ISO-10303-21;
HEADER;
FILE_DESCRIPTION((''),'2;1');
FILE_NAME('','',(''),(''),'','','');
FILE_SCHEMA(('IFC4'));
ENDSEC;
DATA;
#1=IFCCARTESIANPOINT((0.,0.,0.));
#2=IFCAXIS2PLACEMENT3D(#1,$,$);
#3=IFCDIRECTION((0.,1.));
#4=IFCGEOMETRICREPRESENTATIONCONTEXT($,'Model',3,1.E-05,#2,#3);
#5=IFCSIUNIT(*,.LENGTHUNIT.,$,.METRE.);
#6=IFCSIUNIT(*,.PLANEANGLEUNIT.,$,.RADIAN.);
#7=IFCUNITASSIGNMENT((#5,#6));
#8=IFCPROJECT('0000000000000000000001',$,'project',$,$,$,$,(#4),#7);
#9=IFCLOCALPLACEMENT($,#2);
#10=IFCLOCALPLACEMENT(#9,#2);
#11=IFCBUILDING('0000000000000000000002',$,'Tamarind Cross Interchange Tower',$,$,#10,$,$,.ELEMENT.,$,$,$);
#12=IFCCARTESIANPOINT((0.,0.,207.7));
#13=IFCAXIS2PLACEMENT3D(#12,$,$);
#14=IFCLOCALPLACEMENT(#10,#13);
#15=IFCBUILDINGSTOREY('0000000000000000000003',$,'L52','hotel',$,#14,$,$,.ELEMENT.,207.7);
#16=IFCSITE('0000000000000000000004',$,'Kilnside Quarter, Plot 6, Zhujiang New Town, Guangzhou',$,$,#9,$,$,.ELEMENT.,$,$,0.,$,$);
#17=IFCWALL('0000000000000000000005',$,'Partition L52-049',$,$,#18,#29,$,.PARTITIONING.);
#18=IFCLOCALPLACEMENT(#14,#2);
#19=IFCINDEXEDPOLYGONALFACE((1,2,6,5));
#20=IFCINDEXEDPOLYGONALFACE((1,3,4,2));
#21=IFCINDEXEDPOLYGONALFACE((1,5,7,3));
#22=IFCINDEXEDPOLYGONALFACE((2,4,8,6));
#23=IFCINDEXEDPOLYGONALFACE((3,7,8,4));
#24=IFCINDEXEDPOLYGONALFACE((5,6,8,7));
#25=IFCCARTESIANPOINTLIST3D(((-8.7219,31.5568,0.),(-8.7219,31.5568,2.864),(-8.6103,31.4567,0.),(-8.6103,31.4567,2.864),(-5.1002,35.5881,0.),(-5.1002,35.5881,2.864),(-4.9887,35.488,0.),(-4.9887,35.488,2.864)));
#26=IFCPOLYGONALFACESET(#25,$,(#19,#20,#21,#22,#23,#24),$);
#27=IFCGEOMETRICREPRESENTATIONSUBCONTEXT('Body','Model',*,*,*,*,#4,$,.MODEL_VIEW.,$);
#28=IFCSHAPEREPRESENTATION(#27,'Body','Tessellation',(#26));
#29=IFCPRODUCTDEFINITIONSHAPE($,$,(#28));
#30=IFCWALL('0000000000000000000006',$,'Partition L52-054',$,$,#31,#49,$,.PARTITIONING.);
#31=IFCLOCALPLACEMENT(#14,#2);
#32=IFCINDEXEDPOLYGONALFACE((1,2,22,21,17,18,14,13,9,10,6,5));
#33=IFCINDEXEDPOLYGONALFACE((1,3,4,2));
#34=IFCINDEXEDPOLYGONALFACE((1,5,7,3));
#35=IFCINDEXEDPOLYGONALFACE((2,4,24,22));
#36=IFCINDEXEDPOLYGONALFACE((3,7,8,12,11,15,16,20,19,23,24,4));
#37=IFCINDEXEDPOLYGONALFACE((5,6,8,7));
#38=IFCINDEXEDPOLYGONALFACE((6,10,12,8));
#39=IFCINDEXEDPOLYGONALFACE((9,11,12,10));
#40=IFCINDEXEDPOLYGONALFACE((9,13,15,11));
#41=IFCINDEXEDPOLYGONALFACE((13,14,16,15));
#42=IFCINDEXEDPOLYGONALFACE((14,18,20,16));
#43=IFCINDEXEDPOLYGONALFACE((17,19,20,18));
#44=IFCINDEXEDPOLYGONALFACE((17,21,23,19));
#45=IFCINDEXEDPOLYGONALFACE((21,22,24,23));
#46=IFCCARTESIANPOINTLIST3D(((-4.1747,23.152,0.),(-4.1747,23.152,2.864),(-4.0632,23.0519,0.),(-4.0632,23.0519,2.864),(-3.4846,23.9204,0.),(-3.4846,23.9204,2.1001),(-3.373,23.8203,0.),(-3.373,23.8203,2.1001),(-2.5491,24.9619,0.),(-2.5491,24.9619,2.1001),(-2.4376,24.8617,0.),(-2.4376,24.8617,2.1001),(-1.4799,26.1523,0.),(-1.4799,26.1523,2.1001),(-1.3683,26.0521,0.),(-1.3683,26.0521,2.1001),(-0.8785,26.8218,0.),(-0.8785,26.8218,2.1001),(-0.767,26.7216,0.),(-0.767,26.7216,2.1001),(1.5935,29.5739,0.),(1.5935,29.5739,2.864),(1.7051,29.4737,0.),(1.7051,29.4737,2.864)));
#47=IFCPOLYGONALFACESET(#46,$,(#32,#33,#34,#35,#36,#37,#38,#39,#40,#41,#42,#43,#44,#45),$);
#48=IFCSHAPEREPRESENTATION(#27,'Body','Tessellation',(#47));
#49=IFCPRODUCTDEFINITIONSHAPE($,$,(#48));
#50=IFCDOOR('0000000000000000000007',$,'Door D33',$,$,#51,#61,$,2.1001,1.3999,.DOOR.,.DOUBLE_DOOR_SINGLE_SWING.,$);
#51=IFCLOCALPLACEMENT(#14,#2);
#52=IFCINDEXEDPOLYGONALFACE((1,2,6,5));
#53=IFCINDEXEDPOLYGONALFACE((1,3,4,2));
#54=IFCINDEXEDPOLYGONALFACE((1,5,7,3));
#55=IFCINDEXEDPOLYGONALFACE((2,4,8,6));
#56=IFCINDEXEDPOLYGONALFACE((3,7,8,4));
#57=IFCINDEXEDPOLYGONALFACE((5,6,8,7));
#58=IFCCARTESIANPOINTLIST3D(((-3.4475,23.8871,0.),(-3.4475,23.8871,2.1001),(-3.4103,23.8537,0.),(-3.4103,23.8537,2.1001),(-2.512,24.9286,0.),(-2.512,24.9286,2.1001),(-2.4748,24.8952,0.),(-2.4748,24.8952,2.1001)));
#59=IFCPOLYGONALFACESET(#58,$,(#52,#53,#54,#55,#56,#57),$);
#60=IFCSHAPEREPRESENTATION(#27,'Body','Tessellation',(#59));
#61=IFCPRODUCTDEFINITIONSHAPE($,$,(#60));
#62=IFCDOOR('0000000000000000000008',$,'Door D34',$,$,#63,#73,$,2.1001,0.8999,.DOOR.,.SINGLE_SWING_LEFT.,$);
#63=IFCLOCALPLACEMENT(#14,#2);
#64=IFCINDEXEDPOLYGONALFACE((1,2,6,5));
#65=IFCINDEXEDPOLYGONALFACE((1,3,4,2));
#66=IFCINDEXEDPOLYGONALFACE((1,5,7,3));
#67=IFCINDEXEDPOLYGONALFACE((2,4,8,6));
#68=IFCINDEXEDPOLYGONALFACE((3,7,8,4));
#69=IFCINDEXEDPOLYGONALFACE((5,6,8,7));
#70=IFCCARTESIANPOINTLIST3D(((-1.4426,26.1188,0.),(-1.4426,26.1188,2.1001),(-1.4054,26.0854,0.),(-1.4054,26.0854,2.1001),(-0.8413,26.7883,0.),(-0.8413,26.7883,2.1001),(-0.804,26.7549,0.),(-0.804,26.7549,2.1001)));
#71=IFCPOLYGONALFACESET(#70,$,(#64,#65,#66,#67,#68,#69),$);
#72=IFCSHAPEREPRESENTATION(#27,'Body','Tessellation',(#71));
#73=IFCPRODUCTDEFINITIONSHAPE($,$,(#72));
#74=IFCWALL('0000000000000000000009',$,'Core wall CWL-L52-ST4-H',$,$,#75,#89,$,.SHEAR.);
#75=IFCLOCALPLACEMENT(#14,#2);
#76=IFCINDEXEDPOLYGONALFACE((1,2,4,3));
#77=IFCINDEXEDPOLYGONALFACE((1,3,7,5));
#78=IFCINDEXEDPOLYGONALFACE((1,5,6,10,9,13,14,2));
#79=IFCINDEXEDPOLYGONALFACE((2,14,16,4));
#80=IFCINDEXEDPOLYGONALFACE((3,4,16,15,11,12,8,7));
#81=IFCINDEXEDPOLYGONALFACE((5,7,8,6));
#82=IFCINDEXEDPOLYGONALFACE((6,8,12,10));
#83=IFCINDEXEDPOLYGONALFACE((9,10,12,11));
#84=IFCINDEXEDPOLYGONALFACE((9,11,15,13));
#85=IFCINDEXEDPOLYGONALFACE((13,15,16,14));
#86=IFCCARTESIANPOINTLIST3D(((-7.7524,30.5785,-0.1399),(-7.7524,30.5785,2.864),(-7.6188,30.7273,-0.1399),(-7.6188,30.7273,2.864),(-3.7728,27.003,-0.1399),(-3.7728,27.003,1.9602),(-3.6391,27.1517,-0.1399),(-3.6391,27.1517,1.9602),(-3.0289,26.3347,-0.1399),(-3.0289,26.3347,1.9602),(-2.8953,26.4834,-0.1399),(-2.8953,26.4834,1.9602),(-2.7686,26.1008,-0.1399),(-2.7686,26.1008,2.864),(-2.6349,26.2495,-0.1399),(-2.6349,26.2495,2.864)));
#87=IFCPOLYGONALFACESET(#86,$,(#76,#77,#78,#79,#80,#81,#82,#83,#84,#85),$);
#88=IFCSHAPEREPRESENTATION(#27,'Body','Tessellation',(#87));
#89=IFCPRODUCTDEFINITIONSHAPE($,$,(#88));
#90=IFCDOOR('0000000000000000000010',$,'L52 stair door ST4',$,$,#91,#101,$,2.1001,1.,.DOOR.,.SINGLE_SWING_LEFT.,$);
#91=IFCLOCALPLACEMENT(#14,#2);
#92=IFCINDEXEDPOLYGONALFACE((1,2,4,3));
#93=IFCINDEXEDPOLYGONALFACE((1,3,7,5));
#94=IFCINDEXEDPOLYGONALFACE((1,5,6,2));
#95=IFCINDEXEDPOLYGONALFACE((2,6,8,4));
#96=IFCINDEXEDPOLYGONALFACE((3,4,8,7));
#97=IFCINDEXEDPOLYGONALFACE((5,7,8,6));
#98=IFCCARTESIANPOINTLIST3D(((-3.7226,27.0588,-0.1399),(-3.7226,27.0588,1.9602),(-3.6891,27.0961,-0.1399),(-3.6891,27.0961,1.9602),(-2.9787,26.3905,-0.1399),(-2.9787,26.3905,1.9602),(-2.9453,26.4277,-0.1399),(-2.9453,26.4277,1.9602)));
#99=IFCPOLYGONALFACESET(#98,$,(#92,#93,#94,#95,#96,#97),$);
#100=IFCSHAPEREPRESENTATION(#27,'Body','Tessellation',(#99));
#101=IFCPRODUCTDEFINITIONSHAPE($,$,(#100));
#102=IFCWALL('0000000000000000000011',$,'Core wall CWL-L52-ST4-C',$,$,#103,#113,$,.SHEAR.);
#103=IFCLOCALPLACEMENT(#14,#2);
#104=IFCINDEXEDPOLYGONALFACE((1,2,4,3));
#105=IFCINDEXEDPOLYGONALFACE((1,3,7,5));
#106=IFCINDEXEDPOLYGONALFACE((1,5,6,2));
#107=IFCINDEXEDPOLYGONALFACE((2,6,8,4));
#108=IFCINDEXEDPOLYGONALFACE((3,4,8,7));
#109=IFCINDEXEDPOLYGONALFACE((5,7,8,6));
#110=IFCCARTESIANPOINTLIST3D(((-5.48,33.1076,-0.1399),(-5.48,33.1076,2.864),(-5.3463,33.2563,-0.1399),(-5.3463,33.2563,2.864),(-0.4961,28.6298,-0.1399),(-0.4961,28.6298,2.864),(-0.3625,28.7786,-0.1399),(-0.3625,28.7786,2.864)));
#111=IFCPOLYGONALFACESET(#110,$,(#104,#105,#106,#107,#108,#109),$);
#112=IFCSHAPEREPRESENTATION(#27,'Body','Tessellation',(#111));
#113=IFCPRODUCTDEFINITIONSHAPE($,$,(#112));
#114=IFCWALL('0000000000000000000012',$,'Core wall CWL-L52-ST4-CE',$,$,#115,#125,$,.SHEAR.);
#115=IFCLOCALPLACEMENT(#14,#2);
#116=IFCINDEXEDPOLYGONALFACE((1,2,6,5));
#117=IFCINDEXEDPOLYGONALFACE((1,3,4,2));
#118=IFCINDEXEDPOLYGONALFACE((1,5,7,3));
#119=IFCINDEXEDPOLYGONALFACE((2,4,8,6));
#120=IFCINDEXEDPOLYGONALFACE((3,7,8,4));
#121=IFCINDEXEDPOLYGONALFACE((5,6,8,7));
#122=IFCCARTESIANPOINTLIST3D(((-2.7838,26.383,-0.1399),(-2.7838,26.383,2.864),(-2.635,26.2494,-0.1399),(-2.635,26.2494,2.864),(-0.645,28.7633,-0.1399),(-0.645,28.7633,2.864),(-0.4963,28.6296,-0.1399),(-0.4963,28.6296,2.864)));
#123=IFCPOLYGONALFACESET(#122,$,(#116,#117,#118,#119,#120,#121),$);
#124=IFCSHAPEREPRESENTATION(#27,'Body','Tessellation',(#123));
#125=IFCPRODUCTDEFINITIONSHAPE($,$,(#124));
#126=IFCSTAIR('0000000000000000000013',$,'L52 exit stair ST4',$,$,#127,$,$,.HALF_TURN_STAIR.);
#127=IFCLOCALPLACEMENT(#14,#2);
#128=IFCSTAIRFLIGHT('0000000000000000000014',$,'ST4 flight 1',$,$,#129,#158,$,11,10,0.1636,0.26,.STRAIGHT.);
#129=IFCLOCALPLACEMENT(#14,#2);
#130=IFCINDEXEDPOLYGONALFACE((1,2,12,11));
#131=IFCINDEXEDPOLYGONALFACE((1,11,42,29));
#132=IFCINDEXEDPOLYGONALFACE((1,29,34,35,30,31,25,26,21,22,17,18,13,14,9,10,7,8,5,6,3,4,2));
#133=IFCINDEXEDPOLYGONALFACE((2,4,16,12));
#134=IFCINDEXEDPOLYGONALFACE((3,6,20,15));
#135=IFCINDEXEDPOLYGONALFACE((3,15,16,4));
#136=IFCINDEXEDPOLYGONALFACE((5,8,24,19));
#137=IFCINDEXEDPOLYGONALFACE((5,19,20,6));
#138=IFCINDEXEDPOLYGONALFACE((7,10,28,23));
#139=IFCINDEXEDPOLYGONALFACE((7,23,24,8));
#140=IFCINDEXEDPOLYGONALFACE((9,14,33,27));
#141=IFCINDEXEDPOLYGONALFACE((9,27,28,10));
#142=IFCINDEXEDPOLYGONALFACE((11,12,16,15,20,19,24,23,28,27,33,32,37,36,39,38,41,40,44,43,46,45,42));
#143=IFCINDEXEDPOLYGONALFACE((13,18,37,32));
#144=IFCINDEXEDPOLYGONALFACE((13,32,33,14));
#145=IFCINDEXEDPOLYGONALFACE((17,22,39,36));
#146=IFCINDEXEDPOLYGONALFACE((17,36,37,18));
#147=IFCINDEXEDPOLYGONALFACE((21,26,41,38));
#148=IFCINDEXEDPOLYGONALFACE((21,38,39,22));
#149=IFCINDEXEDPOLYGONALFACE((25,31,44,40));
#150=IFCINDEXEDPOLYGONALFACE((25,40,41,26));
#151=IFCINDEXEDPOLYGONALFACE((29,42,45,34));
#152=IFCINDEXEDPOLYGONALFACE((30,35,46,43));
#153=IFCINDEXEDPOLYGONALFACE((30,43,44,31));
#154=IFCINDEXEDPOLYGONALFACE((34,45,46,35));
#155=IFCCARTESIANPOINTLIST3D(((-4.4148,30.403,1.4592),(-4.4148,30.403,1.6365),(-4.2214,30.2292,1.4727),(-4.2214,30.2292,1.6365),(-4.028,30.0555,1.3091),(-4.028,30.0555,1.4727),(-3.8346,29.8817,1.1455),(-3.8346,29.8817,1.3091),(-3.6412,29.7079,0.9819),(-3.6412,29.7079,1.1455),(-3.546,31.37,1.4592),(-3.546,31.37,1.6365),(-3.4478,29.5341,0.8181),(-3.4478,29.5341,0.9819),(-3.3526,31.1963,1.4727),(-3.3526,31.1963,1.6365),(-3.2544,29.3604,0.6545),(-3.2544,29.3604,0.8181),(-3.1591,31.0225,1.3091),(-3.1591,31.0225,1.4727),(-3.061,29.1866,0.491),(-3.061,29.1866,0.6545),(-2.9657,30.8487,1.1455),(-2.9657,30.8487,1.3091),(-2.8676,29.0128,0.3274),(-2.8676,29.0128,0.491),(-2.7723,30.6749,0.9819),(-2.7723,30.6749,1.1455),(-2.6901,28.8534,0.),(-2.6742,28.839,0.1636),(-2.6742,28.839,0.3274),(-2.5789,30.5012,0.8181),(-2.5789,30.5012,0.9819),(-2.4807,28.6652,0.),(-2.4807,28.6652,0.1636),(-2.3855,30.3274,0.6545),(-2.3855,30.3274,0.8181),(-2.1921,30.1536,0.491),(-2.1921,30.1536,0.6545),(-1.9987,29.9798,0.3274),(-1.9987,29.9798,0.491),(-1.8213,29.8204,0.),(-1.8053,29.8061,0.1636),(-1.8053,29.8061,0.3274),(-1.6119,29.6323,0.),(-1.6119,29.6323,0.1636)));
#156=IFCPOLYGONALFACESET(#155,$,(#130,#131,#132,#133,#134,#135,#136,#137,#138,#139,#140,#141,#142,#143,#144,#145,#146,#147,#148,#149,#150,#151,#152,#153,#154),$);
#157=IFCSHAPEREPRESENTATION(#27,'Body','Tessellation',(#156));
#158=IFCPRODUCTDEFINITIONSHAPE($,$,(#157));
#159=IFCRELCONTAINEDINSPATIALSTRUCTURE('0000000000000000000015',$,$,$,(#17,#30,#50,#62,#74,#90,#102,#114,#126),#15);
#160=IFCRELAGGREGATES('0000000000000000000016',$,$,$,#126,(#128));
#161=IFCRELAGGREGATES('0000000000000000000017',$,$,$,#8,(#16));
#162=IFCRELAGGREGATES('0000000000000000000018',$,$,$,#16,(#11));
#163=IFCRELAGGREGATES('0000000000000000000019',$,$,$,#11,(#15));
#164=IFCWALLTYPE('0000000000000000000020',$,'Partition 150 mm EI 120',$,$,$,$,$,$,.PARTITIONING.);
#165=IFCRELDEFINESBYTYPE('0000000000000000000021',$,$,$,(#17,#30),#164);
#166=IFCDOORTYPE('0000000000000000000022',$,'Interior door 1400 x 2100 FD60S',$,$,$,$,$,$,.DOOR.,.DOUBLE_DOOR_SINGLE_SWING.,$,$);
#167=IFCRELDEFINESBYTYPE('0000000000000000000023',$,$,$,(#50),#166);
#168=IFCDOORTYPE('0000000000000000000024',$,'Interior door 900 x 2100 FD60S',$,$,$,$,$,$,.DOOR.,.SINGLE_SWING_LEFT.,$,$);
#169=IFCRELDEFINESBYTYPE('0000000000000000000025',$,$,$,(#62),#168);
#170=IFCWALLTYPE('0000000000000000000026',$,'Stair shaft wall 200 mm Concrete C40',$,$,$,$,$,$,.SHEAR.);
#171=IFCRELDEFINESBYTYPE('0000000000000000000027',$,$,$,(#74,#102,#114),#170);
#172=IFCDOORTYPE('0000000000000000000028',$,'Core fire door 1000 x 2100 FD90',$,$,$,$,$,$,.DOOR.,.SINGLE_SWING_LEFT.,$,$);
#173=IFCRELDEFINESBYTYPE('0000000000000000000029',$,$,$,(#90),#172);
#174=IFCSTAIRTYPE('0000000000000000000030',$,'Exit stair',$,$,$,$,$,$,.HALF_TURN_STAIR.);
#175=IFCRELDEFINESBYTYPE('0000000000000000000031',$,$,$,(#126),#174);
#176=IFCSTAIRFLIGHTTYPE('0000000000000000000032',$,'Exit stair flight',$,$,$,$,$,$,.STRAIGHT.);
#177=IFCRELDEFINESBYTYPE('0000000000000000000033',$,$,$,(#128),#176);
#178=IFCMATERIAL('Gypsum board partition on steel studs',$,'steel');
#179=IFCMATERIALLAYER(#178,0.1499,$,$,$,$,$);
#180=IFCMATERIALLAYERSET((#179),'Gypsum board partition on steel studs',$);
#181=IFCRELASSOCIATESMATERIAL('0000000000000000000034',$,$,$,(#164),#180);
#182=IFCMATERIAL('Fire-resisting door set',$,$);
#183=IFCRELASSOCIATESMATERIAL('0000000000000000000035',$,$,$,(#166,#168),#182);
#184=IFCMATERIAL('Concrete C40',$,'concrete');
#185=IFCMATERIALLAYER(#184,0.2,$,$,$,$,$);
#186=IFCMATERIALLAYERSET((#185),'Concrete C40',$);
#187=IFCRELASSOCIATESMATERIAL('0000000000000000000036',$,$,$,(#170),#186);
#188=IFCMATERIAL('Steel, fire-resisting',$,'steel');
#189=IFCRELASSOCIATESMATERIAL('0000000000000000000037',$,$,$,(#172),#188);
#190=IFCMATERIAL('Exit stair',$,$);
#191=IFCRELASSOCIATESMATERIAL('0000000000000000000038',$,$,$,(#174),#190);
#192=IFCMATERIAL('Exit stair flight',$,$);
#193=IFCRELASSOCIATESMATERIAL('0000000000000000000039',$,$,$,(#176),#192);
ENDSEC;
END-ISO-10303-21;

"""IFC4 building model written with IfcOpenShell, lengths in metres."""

from ifc_helpers import new_model, si_unit, direction, frame, frame_2d, origin, place, context, subcontext, project, spatial, polyline, rectangle, outline, extrude, material, layer, layer_set, type_object, element, fill, aggregate, save


model = new_model("IFC4")

# Units and contexts
model_context = context("Model", 3, precision=1e-05, world=origin(), true_north=direction((0.0, 1.0)))
body_context = subcontext(model_context, "Body", "Model", "MODEL_VIEW")
ifc_project = project(units=[si_unit("LENGTHUNIT", "METRE"), si_unit("PLANEANGLEUNIT", "RADIAN")], contexts=[model_context])

# Site, building, storey
site_placement = place(None, origin())
site = spatial("IfcSite", under=ifc_project, at=site_placement, Name="Kilnside Quarter, Plot 6, Zhujiang New Town, Guangzhou", CompositionType="ELEMENT", RefElevation=0.0)
building_placement = place(site_placement, origin())
building = spatial("IfcBuilding", under=site, at=building_placement, Name="Tamarind Cross Interchange Tower", CompositionType="ELEMENT")
storey_placement = place(building_placement, frame((0.0, 0.0, 207.7)))
storey = spatial("IfcBuildingStorey", under=building, at=storey_placement, Name="L52", Description="hotel", CompositionType="ELEMENT", Elevation=207.7)

# Wall
ifc_material_1 = material(Name="Gypsum board partition on steel studs", Category="steel")
ifc_layer_1 = layer(ifc_material_1, 0.1499)
ifc_layer_set_1 = layer_set([ifc_layer_1], Name="Gypsum board partition on steel studs")
wall_type_1 = type_object("IfcWallType", Name="Partition 150 mm EI 120", PredefinedType="PARTITIONING", material=ifc_layer_set_1)
wall_1_placement = place(storey_placement, frame((-8.666, 31.5068, 0.0), z_axis=(0.0, 0.0, 1.0), x_axis=(0.668297, 0.743894, 0.0)))
element("IfcWall", 1, at=wall_1_placement, inside=storey, type_object=wall_type_1, Name="Partition L52-049", PredefinedType="PARTITIONING", context=body_context, shape_type="SweptSolid", body=[
    extrude(rectangle(XDim=5.4192, YDim=0.1499, at=frame_2d((2.7095, 0.0))), origin(), (0.0, 0.0, 1.0), 2.864),
])

# Wall, openings, doors
wall_2_placement = place(storey_placement, frame((-4.1189, 23.1021, 0.0), z_axis=(0.0, 0.0, 1.0), x_axis=(0.668236, 0.743949, 0.0)))
wall_2 = element("IfcWall", 2, at=wall_2_placement, inside=storey, type_object=wall_type_1, Name="Partition L52-054", PredefinedType="PARTITIONING", context=body_context, shape_type="SweptSolid", body=[
    extrude(rectangle(XDim=8.6321, YDim=0.1499, at=frame_2d((4.3159, 0.0))), origin(), (0.0, 0.0, 1.0), 2.864),
])
opening_1_placement = place(wall_2_placement, frame((1.0327, 0.0, 0.0)))
opening_1 = element("IfcOpeningElement", 3, at=opening_1_placement, cuts=wall_2, PredefinedType="OPENING", context=body_context, shape_type="SweptSolid", body=[
    extrude(rectangle(XDim=1.3999, YDim=2.1001, at=frame_2d((0.7, 1.05))), frame((0.0, 0.085, 0.0), z_axis=(0.0, -1.0, 0.0), x_axis=(1.0, 0.0, 0.0)), (0.0, 0.0, 1.0), 0.1699),
])
opening_2_placement = place(wall_2_placement, frame((4.0327, 0.0, 0.0)))
opening_2 = element("IfcOpeningElement", 4, at=opening_2_placement, cuts=wall_2, PredefinedType="OPENING", context=body_context, shape_type="SweptSolid", body=[
    extrude(rectangle(XDim=0.8999, YDim=2.1001, at=frame_2d((0.45, 1.05))), frame((0.0, 0.085, 0.0), z_axis=(0.0, -1.0, 0.0), x_axis=(1.0, 0.0, 0.0)), (0.0, 0.0, 1.0), 0.1699),
])
ifc_material_2 = material(Name="Fire-resisting door set")
door_type_1 = type_object("IfcDoorType", Name="Interior door 1400 x 2100 FD60S", OperationType="DOUBLE_DOOR_SINGLE_SWING", PredefinedType="DOOR", material=ifc_material_2)
door_1_placement = place(opening_1_placement, frame((1.3999, 0.0, 0.0), z_axis=(0.0, 0.0, 1.0), x_axis=(-1.0, 0.0, 0.0)))
door_1 = element("IfcDoor", 5, at=door_1_placement, inside=storey, type_object=door_type_1, Name="Door D33", OperationType="DOUBLE_DOOR_SINGLE_SWING", OverallHeight=2.1001, OverallWidth=1.3999, PredefinedType="DOOR", context=body_context, shape_type="SweptSolid", body=[
    extrude(rectangle(XDim=1.3999, YDim=2.1001, at=frame_2d((0.7, 1.05))), frame((0.0, 0.0249, 0.0), z_axis=(0.0, -1.0, 0.0), x_axis=(1.0, 0.0, 0.0)), (0.0, 0.0, 1.0), 0.05),
])
fill(opening_1, door_1)
door_type_2 = type_object("IfcDoorType", Name="Interior door 900 x 2100 FD60S", OperationType="SINGLE_SWING_LEFT", PredefinedType="DOOR", material=ifc_material_2)
door_2_placement = place(opening_2_placement, origin())
door_2 = element("IfcDoor", 6, at=door_2_placement, inside=storey, type_object=door_type_2, Name="Door D34", OperationType="SINGLE_SWING_LEFT", OverallHeight=2.1001, OverallWidth=0.8999, PredefinedType="DOOR", context=body_context, shape_type="SweptSolid", body=[
    extrude(rectangle(XDim=0.8999, YDim=2.1001, at=frame_2d((0.45, 1.05))), frame((0.0, 0.0249, 0.0), z_axis=(0.0, -1.0, 0.0), x_axis=(1.0, 0.0, 0.0)), (0.0, 0.0, 1.0), 0.05),
])
fill(opening_2, door_2)

# Wall, opening, door
ifc_material_3 = material(Name="Concrete C40", Category="concrete")
ifc_layer_2 = layer(ifc_material_3, 0.2)
ifc_layer_set_2 = layer_set([ifc_layer_2], Name="Concrete C40")
wall_type_2 = type_object("IfcWallType", Name="Stair shaft wall 200 mm Concrete C40", PredefinedType="SHEAR", material=ifc_layer_set_2)
wall_3_placement = place(storey_placement, frame((-2.7017, 26.175, -0.1399), z_axis=(0.0, 0.0, 1.0), x_axis=(-0.743866, 0.668328, 0.0)))
wall_3 = element("IfcWall", 7, at=wall_3_placement, inside=storey, type_object=wall_type_2, Name="Core wall CWL-L52-ST4-H", PredefinedType="SHEAR", context=body_context, shape_type="SweptSolid", body=[
    extrude(rectangle(XDim=6.7, YDim=0.2, at=frame_2d((3.3501, 0.0))), origin(), (0.0, 0.0, 1.0), 3.0039),
])
opening_3_placement = place(wall_3_placement, frame((0.3501, 0.0, 0.0)))
opening_3 = element("IfcOpeningElement", 8, at=opening_3_placement, cuts=wall_3, PredefinedType="OPENING", context=body_context, shape_type="SweptSolid", body=[
    extrude(rectangle(XDim=1.0, YDim=2.1001, at=frame_2d((0.5, 1.05))), frame((0.0, 0.1099, 0.0), z_axis=(0.0, -1.0, 0.0), x_axis=(1.0, 0.0, 0.0)), (0.0, 0.0, 1.0), 0.22),
])
ifc_material_4 = material(Name="Steel, fire-resisting", Category="steel")
door_type_3 = type_object("IfcDoorType", Name="Core fire door 1000 x 2100 FD90", OperationType="SINGLE_SWING_LEFT", PredefinedType="DOOR", material=ifc_material_4)
door_3_placement = place(opening_3_placement, origin())
door_3 = element("IfcDoor", 9, at=door_3_placement, inside=storey, type_object=door_type_3, Name="L52 stair door ST4", OperationType="SINGLE_SWING_LEFT", OverallHeight=2.1001, OverallWidth=1.0, PredefinedType="DOOR", context=body_context, shape_type="SweptSolid", body=[
    extrude(rectangle(XDim=1.0, YDim=2.1001, at=frame_2d((0.5, 1.05))), frame((0.0, 0.0249, 0.0), z_axis=(0.0, -1.0, 0.0), x_axis=(1.0, 0.0, 0.0)), (0.0, 0.0, 1.0), 0.05),
])
fill(opening_3, door_3)

# Walls
wall_4_placement = place(storey_placement, frame((-0.4292, 28.7041, -0.1399), z_axis=(0.0, 0.0, 1.0), x_axis=(-0.743866, 0.668328, 0.0)))
element("IfcWall", 10, at=wall_4_placement, inside=storey, type_object=wall_type_2, Name="Core wall CWL-L52-ST4-C", PredefinedType="SHEAR", context=body_context, shape_type="SweptSolid", body=[
    extrude(rectangle(XDim=6.7, YDim=0.2, at=frame_2d((3.3501, 0.0))), origin(), (0.0, 0.0, 1.0), 3.0039),
])
wall_5_placement = place(storey_placement, frame((-0.5706, 28.6965, -0.1399), z_axis=(0.0, 0.0, 1.0), x_axis=(-0.66837, -0.743829, 0.0)))
element("IfcWall", 11, at=wall_5_placement, inside=storey, type_object=wall_type_2, Name="Core wall CWL-L52-ST4-CE", PredefinedType="SHEAR", context=body_context, shape_type="SweptSolid", body=[
    extrude(rectangle(XDim=3.2, YDim=0.2, at=frame_2d((1.6001, 0.0))), origin(), (0.0, 0.0, 1.0), 3.0039),
])

# Stair, stair flight
ifc_material_5 = material(Name="Exit stair")
stair_type = type_object("IfcStairType", Name="Exit stair", PredefinedType="HALF_TURN_STAIR", material=ifc_material_5)
stair_placement = place(storey_placement, origin())
stair = element("IfcStair", 12, at=stair_placement, inside=storey, type_object=stair_type, Name="L52 exit stair ST4", PredefinedType="HALF_TURN_STAIR")
ifc_material_6 = material(Name="Exit stair flight")
stair_flight_type = type_object("IfcStairFlightType", Name="Exit stair flight", PredefinedType="STRAIGHT", material=ifc_material_6)
stair_flight_1_placement = place(storey_placement, frame((-2.0464, 29.1487, 0.0), z_axis=(0.0, 0.0, 1.0), x_axis=(-0.743854, 0.668342, 0.0)))
stair_flight_1 = element("IfcStairFlight", 13, at=stair_flight_1_placement, type_object=stair_flight_type, Name="ST4 flight 1", NumberOfRisers=11, NumberOfTreads=10, PredefinedType="STRAIGHT", RiserHeight=0.1636, TreadLength=0.26, context=body_context, shape_type="SweptSolid", body=[
    extrude(outline(polyline([(0.0, 0.0), (0.0, 0.1636), (0.26, 0.1636), (0.26, 0.3274), (0.52, 0.3274), (0.52, 0.491), (0.78, 0.491), (0.78, 0.6545), (1.04, 0.6545), (1.04, 0.8181), (1.3, 0.8181), (1.3, 0.9819), (1.5601, 0.9819), (1.5601, 1.1455), (1.8201, 1.1455), (1.8201, 1.3091), (2.0801, 1.3091), (2.0801, 1.4727), (2.3401, 1.4727), (2.3401, 1.6365), (2.6001, 1.6365), (2.6001, 1.8), (2.6001, 1.4592), (0.2815, 0.0), (0.0, 0.0)])), frame((0.0, 0.6499, 0.0), z_axis=(0.0, -1.0, 0.0), x_axis=(1.0, 0.0, 0.0)), (0.0, 0.0, 1.0), 1.3),
])
aggregate(stair, [stair_flight_1])

save(model, "model.ifc")
